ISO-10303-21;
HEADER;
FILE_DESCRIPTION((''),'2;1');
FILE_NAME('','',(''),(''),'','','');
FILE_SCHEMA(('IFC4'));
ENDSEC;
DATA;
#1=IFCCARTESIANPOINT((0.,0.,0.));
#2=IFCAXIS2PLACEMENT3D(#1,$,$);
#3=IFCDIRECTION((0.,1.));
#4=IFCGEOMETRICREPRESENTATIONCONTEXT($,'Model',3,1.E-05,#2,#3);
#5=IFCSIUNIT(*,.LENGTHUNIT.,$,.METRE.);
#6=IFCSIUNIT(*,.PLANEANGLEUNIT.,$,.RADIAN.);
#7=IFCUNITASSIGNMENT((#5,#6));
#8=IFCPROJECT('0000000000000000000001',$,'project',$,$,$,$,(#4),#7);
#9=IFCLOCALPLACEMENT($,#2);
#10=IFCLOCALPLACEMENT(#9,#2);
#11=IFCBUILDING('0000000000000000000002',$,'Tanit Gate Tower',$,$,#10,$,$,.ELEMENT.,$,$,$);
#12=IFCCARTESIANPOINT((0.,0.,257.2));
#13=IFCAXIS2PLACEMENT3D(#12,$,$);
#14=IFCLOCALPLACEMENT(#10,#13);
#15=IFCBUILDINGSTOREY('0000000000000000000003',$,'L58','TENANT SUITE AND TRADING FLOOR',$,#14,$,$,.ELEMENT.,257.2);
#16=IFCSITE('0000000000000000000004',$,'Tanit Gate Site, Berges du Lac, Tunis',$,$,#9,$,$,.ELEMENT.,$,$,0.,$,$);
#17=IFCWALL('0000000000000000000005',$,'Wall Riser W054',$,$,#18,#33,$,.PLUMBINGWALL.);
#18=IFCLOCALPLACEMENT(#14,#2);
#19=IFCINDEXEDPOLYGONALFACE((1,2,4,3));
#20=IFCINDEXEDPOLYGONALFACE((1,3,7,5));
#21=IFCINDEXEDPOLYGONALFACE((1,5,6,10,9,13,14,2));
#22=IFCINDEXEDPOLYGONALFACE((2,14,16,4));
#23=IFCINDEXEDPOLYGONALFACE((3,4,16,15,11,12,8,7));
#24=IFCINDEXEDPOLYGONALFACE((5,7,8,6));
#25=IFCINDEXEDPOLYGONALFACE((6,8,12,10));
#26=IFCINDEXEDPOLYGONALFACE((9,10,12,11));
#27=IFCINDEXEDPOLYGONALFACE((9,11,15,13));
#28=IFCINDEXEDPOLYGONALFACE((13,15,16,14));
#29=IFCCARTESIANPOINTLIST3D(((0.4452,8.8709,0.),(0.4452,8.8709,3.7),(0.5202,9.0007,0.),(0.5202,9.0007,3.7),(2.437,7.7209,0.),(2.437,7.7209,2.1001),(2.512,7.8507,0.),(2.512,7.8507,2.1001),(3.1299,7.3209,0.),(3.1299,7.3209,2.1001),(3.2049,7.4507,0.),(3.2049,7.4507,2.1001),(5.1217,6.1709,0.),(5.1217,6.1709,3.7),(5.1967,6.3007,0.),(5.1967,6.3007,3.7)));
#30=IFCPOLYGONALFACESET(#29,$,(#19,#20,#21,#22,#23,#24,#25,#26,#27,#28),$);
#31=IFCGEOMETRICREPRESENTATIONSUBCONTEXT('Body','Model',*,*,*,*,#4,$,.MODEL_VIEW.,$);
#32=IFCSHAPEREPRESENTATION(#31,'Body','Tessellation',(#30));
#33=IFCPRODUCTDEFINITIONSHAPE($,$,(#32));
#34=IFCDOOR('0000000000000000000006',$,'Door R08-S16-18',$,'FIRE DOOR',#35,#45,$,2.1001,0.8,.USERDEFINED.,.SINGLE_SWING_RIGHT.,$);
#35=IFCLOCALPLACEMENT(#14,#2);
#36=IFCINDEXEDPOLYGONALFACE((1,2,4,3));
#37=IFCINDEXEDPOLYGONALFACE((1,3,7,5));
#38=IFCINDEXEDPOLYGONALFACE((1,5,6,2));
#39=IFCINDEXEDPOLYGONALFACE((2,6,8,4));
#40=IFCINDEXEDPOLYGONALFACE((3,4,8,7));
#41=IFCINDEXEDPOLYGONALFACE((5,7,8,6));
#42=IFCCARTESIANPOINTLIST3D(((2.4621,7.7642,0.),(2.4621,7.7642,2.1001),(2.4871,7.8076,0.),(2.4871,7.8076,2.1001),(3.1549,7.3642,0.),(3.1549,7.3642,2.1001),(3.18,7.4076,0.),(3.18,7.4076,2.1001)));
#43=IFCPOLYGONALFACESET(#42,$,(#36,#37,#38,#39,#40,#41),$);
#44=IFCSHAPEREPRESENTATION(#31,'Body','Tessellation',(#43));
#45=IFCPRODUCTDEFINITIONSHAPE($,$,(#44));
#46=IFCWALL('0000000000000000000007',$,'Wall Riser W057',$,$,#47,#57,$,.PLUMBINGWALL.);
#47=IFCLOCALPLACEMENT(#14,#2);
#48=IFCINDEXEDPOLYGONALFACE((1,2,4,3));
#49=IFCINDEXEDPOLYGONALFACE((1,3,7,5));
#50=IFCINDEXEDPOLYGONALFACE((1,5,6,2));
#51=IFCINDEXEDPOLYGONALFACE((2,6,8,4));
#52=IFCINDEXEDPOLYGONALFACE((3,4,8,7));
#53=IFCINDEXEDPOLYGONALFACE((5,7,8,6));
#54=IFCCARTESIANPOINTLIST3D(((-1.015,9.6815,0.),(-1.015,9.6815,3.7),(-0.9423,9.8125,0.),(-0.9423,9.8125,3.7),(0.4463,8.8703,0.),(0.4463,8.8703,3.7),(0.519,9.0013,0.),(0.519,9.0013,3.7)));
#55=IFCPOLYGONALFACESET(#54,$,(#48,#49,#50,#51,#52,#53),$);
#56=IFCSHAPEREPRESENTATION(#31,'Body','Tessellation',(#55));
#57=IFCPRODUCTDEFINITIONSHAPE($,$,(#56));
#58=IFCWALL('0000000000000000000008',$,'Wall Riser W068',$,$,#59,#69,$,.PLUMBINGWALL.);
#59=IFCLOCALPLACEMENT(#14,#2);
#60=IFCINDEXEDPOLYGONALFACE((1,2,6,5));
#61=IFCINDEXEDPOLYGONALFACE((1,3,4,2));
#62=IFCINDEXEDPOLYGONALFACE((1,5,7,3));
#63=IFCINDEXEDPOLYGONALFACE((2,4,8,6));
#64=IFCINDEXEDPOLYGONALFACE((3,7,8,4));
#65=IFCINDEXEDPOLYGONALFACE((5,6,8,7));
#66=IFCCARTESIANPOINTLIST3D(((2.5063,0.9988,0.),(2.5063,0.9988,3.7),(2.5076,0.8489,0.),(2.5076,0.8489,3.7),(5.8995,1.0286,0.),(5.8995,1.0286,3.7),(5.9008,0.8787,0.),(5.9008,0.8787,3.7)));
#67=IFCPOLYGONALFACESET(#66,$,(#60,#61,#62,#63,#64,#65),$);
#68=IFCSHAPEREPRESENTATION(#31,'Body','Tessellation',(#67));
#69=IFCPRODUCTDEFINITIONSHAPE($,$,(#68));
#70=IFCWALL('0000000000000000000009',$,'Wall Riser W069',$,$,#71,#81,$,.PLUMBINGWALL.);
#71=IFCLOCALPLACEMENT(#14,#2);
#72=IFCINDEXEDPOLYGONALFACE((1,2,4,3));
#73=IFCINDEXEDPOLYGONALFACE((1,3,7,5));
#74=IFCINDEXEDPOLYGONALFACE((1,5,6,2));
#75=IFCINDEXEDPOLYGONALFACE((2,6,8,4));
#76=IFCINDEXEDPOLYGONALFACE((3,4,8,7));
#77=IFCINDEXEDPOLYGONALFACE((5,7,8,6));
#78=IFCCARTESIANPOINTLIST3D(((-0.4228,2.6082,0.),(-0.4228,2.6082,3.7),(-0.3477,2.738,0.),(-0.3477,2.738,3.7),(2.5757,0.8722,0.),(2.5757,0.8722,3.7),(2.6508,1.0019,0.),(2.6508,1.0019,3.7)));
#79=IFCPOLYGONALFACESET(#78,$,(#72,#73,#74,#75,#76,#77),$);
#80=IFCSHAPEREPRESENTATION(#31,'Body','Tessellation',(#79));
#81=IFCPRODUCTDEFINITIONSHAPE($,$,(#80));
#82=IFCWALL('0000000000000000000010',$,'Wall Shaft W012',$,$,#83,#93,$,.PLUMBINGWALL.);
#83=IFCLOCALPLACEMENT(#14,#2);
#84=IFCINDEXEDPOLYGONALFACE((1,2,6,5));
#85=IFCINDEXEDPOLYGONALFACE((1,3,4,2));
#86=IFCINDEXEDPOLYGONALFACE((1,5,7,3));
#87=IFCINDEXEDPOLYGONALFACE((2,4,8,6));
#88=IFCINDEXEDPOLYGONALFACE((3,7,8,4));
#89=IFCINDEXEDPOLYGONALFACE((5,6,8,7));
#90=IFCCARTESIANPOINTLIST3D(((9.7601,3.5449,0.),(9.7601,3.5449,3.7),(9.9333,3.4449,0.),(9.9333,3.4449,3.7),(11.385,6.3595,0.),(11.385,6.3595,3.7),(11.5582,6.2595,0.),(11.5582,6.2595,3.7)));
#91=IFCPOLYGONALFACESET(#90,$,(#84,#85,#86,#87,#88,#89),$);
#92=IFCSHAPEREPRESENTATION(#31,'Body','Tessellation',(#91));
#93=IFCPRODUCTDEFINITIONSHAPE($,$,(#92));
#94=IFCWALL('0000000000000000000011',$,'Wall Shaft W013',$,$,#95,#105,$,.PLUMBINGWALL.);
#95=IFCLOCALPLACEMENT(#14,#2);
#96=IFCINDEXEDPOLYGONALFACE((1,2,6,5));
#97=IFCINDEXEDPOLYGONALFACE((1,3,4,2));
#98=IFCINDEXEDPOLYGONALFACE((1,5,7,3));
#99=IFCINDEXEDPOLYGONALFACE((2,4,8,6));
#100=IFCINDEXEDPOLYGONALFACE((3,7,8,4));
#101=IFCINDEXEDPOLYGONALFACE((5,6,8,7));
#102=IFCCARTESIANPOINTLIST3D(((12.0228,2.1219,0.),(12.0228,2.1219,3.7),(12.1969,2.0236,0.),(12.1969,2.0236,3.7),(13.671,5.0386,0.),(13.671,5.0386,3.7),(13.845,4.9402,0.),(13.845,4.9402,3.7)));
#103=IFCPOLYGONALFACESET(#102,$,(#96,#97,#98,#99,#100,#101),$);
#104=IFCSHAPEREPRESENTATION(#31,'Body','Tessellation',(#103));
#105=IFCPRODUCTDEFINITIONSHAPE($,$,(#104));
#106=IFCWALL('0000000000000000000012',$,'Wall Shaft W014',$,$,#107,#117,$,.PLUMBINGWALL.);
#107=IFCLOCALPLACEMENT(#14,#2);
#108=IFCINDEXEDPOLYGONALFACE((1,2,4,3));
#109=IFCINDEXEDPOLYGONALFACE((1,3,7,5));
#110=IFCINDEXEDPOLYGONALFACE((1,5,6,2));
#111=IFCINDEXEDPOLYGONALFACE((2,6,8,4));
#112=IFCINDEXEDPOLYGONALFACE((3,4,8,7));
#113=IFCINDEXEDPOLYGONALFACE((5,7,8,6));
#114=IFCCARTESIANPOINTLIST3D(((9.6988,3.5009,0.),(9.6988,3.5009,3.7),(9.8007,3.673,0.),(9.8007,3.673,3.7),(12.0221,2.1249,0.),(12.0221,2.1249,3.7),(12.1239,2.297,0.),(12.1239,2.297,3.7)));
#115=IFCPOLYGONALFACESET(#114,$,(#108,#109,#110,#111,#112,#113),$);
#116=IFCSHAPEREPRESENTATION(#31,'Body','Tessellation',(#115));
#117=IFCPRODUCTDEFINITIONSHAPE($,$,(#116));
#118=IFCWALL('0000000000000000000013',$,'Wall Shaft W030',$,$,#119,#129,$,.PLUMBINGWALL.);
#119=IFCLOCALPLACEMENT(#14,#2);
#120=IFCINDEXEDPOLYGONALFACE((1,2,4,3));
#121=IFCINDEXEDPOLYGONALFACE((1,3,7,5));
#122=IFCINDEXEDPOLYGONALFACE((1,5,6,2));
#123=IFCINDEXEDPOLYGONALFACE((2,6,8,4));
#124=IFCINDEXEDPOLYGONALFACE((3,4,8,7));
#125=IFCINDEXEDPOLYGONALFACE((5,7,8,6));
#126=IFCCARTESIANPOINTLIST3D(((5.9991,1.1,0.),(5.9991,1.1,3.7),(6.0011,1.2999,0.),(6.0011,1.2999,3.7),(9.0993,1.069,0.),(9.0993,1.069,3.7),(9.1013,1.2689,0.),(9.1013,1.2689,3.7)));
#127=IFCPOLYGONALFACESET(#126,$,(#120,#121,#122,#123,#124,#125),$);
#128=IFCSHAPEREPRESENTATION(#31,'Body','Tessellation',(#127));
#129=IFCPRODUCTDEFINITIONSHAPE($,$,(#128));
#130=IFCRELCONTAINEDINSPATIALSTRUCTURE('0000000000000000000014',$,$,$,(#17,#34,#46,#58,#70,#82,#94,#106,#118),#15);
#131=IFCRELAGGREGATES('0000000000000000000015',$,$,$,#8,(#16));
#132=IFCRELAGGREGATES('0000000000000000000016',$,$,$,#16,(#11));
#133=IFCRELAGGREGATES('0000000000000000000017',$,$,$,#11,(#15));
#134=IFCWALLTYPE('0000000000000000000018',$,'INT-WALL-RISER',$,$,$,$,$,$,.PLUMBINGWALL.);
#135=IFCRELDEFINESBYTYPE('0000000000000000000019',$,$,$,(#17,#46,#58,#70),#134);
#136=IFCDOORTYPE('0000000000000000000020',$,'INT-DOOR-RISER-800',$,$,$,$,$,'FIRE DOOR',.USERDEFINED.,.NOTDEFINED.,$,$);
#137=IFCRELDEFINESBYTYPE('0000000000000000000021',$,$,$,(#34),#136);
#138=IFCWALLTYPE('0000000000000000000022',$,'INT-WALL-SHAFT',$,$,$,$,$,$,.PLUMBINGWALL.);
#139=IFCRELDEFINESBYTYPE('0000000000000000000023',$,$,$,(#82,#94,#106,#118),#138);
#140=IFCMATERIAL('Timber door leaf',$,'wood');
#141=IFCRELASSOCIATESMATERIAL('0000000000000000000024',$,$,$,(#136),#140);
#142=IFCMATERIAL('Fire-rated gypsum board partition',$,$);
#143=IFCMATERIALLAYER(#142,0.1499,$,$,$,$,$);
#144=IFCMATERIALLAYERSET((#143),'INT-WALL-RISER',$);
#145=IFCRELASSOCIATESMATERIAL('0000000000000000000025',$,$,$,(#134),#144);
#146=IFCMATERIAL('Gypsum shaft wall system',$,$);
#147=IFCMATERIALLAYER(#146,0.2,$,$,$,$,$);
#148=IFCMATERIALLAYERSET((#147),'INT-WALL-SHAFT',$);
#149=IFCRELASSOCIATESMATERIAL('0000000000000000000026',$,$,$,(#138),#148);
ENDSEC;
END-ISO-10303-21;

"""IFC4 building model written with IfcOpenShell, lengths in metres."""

from ifc_helpers import new_model, si_unit, direction, frame, frame_2d, origin, place, context, subcontext, project, spatial, rectangle, extrude, material, layer, layer_set, type_object, element, fill, save


model = new_model("IFC4")

# Units and contexts
model_context = context("Model", 3, precision=1e-05, world=origin(), true_north=direction((0.0, 1.0)))
body_context = subcontext(model_context, "Body", "Model", "MODEL_VIEW")
ifc_project = project(units=[si_unit("LENGTHUNIT", "METRE"), si_unit("PLANEANGLEUNIT", "RADIAN")], contexts=[model_context])

# Site, building, storey
site_placement = place(None, origin())
site = spatial("IfcSite", under=ifc_project, at=site_placement, Name="Tanit Gate Site, Berges du Lac, Tunis", CompositionType="ELEMENT", RefElevation=0.0)
building_placement = place(site_placement, origin())
building = spatial("IfcBuilding", under=site, at=building_placement, Name="Tanit Gate Tower", CompositionType="ELEMENT")
storey_placement = place(building_placement, frame((0.0, 0.0, 257.2)))
storey = spatial("IfcBuildingStorey", under=building, at=storey_placement, Name="L58", Description="TENANT SUITE AND TRADING FLOOR", CompositionType="ELEMENT", Elevation=257.2)

# Shared definitions
ifc_material_1 = material(Name="Timber door leaf", Category="wood")
door_type_1 = type_object("IfcDoorType", Name="INT-DOOR-RISER-800", ElementType="FIRE DOOR", OperationType="NOTDEFINED", PredefinedType="USERDEFINED", material=ifc_material_1)

# Shared definitions
ifc_material_2 = material(Name="Fire-rated gypsum board partition")
ifc_layer_1 = layer(ifc_material_2, 0.1499)
ifc_layer_set_1 = layer_set([ifc_layer_1], Name="INT-WALL-RISER")
wall_type_1 = type_object("IfcWallType", Name="INT-WALL-RISER", PredefinedType="PLUMBINGWALL", material=ifc_layer_set_1)

# Wall, opening, door
wall_1_placement = place(storey_placement, frame((5.1592, 6.2358, 0.0), z_axis=(0.0, 0.0, 1.0), x_axis=(-0.866028, 0.499995, 0.0)))
wall_1 = element("IfcWall", 1, at=wall_1_placement, inside=storey, type_object=wall_type_1, Name="Wall Riser W054", PredefinedType="PLUMBINGWALL", context=body_context, shape_type="SweptSolid", body=[
    extrude(rectangle(XDim=5.3999, YDim=0.1499, at=frame_2d((2.7, 0.0))), origin(), (0.0, 0.0, 1.0), 3.7),
])
opening_1_placement = place(wall_1_placement, frame((2.3, 0.0, 0.0)))
opening_1 = element("IfcOpeningElement", 2, at=opening_1_placement, cuts=wall_1, PredefinedType="OPENING", context=body_context, shape_type="SweptSolid", body=[
    extrude(rectangle(XDim=0.8, YDim=2.1001, at=frame_2d((0.3999, 1.05))), frame((0.0, 0.085, 0.0), z_axis=(0.0, -1.0, 0.0), x_axis=(1.0, 0.0, 0.0)), (0.0, 0.0, 1.0), 0.1699),
])
door_1_placement = place(opening_1_placement, origin())
door_1 = element("IfcDoor", 3, at=door_1_placement, inside=storey, type_object=door_type_1, Name="Door R08-S16-18", ObjectType="FIRE DOOR", OperationType="SINGLE_SWING_RIGHT", OverallHeight=2.1001, OverallWidth=0.8, PredefinedType="USERDEFINED", context=body_context, shape_type="SweptSolid", body=[
    extrude(rectangle(XDim=0.8, YDim=2.1001, at=frame_2d((0.3999, 1.05))), frame((0.0, 0.0249, 0.0), z_axis=(0.0, -1.0, 0.0), x_axis=(1.0, 0.0, 0.0)), (0.0, 0.0, 1.0), 0.05),
])
fill(opening_1, door_1)

# Walls
wall_2_placement = place(storey_placement, frame((0.4827, 8.9358, 0.0), z_axis=(0.0, 0.0, 1.0), x_axis=(-0.874316, 0.485358, 0.0)))
element("IfcWall", 4, at=wall_2_placement, inside=storey, type_object=wall_type_1, Name="Wall Riser W057", PredefinedType="PLUMBINGWALL", context=body_context, shape_type="SweptSolid", body=[
    extrude(rectangle(XDim=1.6714, YDim=0.1499, at=frame_2d((0.8357, 0.0))), origin(), (0.0, 0.0, 1.0), 3.7),
])
wall_3_placement = place(storey_placement, frame((2.5068, 0.9238, 0.0), z_axis=(0.0, 0.0, 1.0), x_axis=(0.999961, 0.008778, 0.0)))
element("IfcWall", 5, at=wall_3_placement, inside=storey, type_object=wall_type_1, Name="Wall Riser W068", PredefinedType="PLUMBINGWALL", context=body_context, shape_type="SweptSolid", body=[
    extrude(rectangle(XDim=3.3933, YDim=0.1499, at=frame_2d((1.6968, 0.0))), origin(), (0.0, 0.0, 1.0), 3.7),
])
wall_4_placement = place(storey_placement, frame((-0.3853, 2.6731, 0.0), z_axis=(0.0, 0.0, 1.0), x_axis=(0.865415, -0.501056, 0.0)))
element("IfcWall", 6, at=wall_4_placement, inside=storey, type_object=wall_type_1, Name="Wall Riser W069", PredefinedType="PLUMBINGWALL", context=body_context, shape_type="SweptSolid", body=[
    extrude(rectangle(XDim=3.4648, YDim=0.1499, at=frame_2d((1.7324, 0.0))), origin(), (0.0, 0.0, 1.0), 3.7),
])
ifc_material_3 = material(Name="Gypsum shaft wall system")
ifc_layer_2 = layer(ifc_material_3, 0.2)
ifc_layer_set_2 = layer_set([ifc_layer_2], Name="INT-WALL-SHAFT")
wall_type_2 = type_object("IfcWallType", Name="INT-WALL-SHAFT", PredefinedType="PLUMBINGWALL", material=ifc_layer_set_2)
wall_5_placement = place(storey_placement, frame((9.8467, 3.4949, 0.0), z_axis=(0.0, 0.0, 1.0), x_axis=(0.499985, 0.866034, 0.0)))
element("IfcWall", 7, at=wall_5_placement, inside=storey, type_object=wall_type_2, Name="Wall Shaft W012", PredefinedType="PLUMBINGWALL", context=body_context, shape_type="SweptSolid", body=[
    extrude(rectangle(XDim=3.25, YDim=0.2, at=frame_2d((1.625, 0.0))), origin(), (0.0, 0.0, 1.0), 3.7),
])
wall_6_placement = place(storey_placement, frame((12.1099, 2.0728, 0.0), z_axis=(0.0, 0.0, 1.0), x_axis=(0.491966, 0.870614, 0.0)))
element("IfcWall", 8, at=wall_6_placement, inside=storey, type_object=wall_type_2, Name="Wall Shaft W013", PredefinedType="PLUMBINGWALL", context=body_context, shape_type="SweptSolid", body=[
    extrude(rectangle(XDim=3.3501, YDim=0.2, at=frame_2d((1.675, 0.0))), origin(), (0.0, 0.0, 1.0), 3.7),
])
wall_7_placement = place(storey_placement, frame((12.073, 2.2109, 0.0), z_axis=(0.0, 0.0, 1.0), x_axis=(-0.860415, 0.509594, 0.0)))
element("IfcWall", 9, at=wall_7_placement, inside=storey, type_object=wall_type_2, Name="Wall Shaft W014", PredefinedType="PLUMBINGWALL", context=body_context, shape_type="SweptSolid", body=[
    extrude(rectangle(XDim=2.7002, YDim=0.2, at=frame_2d((1.3501, 0.0))), origin(), (0.0, 0.0, 1.0), 3.7),
])

# Wall
wall_8_placement = place(storey_placement, frame((6.0, 1.2, 0.0), z_axis=(0.0, 0.0, 1.0), x_axis=(0.99995, -0.010001, 0.0)))
element("IfcWall", 10, at=wall_8_placement, inside=storey, type_object=wall_type_2, Name="Wall Shaft W030", PredefinedType="PLUMBINGWALL", context=body_context, shape_type="SweptSolid", body=[
    extrude(rectangle(XDim=3.1003, YDim=0.2, at=frame_2d((1.5503, 0.0))), origin(), (0.0, 0.0, 1.0), 3.7),
])

save(model, "model.ifc")
